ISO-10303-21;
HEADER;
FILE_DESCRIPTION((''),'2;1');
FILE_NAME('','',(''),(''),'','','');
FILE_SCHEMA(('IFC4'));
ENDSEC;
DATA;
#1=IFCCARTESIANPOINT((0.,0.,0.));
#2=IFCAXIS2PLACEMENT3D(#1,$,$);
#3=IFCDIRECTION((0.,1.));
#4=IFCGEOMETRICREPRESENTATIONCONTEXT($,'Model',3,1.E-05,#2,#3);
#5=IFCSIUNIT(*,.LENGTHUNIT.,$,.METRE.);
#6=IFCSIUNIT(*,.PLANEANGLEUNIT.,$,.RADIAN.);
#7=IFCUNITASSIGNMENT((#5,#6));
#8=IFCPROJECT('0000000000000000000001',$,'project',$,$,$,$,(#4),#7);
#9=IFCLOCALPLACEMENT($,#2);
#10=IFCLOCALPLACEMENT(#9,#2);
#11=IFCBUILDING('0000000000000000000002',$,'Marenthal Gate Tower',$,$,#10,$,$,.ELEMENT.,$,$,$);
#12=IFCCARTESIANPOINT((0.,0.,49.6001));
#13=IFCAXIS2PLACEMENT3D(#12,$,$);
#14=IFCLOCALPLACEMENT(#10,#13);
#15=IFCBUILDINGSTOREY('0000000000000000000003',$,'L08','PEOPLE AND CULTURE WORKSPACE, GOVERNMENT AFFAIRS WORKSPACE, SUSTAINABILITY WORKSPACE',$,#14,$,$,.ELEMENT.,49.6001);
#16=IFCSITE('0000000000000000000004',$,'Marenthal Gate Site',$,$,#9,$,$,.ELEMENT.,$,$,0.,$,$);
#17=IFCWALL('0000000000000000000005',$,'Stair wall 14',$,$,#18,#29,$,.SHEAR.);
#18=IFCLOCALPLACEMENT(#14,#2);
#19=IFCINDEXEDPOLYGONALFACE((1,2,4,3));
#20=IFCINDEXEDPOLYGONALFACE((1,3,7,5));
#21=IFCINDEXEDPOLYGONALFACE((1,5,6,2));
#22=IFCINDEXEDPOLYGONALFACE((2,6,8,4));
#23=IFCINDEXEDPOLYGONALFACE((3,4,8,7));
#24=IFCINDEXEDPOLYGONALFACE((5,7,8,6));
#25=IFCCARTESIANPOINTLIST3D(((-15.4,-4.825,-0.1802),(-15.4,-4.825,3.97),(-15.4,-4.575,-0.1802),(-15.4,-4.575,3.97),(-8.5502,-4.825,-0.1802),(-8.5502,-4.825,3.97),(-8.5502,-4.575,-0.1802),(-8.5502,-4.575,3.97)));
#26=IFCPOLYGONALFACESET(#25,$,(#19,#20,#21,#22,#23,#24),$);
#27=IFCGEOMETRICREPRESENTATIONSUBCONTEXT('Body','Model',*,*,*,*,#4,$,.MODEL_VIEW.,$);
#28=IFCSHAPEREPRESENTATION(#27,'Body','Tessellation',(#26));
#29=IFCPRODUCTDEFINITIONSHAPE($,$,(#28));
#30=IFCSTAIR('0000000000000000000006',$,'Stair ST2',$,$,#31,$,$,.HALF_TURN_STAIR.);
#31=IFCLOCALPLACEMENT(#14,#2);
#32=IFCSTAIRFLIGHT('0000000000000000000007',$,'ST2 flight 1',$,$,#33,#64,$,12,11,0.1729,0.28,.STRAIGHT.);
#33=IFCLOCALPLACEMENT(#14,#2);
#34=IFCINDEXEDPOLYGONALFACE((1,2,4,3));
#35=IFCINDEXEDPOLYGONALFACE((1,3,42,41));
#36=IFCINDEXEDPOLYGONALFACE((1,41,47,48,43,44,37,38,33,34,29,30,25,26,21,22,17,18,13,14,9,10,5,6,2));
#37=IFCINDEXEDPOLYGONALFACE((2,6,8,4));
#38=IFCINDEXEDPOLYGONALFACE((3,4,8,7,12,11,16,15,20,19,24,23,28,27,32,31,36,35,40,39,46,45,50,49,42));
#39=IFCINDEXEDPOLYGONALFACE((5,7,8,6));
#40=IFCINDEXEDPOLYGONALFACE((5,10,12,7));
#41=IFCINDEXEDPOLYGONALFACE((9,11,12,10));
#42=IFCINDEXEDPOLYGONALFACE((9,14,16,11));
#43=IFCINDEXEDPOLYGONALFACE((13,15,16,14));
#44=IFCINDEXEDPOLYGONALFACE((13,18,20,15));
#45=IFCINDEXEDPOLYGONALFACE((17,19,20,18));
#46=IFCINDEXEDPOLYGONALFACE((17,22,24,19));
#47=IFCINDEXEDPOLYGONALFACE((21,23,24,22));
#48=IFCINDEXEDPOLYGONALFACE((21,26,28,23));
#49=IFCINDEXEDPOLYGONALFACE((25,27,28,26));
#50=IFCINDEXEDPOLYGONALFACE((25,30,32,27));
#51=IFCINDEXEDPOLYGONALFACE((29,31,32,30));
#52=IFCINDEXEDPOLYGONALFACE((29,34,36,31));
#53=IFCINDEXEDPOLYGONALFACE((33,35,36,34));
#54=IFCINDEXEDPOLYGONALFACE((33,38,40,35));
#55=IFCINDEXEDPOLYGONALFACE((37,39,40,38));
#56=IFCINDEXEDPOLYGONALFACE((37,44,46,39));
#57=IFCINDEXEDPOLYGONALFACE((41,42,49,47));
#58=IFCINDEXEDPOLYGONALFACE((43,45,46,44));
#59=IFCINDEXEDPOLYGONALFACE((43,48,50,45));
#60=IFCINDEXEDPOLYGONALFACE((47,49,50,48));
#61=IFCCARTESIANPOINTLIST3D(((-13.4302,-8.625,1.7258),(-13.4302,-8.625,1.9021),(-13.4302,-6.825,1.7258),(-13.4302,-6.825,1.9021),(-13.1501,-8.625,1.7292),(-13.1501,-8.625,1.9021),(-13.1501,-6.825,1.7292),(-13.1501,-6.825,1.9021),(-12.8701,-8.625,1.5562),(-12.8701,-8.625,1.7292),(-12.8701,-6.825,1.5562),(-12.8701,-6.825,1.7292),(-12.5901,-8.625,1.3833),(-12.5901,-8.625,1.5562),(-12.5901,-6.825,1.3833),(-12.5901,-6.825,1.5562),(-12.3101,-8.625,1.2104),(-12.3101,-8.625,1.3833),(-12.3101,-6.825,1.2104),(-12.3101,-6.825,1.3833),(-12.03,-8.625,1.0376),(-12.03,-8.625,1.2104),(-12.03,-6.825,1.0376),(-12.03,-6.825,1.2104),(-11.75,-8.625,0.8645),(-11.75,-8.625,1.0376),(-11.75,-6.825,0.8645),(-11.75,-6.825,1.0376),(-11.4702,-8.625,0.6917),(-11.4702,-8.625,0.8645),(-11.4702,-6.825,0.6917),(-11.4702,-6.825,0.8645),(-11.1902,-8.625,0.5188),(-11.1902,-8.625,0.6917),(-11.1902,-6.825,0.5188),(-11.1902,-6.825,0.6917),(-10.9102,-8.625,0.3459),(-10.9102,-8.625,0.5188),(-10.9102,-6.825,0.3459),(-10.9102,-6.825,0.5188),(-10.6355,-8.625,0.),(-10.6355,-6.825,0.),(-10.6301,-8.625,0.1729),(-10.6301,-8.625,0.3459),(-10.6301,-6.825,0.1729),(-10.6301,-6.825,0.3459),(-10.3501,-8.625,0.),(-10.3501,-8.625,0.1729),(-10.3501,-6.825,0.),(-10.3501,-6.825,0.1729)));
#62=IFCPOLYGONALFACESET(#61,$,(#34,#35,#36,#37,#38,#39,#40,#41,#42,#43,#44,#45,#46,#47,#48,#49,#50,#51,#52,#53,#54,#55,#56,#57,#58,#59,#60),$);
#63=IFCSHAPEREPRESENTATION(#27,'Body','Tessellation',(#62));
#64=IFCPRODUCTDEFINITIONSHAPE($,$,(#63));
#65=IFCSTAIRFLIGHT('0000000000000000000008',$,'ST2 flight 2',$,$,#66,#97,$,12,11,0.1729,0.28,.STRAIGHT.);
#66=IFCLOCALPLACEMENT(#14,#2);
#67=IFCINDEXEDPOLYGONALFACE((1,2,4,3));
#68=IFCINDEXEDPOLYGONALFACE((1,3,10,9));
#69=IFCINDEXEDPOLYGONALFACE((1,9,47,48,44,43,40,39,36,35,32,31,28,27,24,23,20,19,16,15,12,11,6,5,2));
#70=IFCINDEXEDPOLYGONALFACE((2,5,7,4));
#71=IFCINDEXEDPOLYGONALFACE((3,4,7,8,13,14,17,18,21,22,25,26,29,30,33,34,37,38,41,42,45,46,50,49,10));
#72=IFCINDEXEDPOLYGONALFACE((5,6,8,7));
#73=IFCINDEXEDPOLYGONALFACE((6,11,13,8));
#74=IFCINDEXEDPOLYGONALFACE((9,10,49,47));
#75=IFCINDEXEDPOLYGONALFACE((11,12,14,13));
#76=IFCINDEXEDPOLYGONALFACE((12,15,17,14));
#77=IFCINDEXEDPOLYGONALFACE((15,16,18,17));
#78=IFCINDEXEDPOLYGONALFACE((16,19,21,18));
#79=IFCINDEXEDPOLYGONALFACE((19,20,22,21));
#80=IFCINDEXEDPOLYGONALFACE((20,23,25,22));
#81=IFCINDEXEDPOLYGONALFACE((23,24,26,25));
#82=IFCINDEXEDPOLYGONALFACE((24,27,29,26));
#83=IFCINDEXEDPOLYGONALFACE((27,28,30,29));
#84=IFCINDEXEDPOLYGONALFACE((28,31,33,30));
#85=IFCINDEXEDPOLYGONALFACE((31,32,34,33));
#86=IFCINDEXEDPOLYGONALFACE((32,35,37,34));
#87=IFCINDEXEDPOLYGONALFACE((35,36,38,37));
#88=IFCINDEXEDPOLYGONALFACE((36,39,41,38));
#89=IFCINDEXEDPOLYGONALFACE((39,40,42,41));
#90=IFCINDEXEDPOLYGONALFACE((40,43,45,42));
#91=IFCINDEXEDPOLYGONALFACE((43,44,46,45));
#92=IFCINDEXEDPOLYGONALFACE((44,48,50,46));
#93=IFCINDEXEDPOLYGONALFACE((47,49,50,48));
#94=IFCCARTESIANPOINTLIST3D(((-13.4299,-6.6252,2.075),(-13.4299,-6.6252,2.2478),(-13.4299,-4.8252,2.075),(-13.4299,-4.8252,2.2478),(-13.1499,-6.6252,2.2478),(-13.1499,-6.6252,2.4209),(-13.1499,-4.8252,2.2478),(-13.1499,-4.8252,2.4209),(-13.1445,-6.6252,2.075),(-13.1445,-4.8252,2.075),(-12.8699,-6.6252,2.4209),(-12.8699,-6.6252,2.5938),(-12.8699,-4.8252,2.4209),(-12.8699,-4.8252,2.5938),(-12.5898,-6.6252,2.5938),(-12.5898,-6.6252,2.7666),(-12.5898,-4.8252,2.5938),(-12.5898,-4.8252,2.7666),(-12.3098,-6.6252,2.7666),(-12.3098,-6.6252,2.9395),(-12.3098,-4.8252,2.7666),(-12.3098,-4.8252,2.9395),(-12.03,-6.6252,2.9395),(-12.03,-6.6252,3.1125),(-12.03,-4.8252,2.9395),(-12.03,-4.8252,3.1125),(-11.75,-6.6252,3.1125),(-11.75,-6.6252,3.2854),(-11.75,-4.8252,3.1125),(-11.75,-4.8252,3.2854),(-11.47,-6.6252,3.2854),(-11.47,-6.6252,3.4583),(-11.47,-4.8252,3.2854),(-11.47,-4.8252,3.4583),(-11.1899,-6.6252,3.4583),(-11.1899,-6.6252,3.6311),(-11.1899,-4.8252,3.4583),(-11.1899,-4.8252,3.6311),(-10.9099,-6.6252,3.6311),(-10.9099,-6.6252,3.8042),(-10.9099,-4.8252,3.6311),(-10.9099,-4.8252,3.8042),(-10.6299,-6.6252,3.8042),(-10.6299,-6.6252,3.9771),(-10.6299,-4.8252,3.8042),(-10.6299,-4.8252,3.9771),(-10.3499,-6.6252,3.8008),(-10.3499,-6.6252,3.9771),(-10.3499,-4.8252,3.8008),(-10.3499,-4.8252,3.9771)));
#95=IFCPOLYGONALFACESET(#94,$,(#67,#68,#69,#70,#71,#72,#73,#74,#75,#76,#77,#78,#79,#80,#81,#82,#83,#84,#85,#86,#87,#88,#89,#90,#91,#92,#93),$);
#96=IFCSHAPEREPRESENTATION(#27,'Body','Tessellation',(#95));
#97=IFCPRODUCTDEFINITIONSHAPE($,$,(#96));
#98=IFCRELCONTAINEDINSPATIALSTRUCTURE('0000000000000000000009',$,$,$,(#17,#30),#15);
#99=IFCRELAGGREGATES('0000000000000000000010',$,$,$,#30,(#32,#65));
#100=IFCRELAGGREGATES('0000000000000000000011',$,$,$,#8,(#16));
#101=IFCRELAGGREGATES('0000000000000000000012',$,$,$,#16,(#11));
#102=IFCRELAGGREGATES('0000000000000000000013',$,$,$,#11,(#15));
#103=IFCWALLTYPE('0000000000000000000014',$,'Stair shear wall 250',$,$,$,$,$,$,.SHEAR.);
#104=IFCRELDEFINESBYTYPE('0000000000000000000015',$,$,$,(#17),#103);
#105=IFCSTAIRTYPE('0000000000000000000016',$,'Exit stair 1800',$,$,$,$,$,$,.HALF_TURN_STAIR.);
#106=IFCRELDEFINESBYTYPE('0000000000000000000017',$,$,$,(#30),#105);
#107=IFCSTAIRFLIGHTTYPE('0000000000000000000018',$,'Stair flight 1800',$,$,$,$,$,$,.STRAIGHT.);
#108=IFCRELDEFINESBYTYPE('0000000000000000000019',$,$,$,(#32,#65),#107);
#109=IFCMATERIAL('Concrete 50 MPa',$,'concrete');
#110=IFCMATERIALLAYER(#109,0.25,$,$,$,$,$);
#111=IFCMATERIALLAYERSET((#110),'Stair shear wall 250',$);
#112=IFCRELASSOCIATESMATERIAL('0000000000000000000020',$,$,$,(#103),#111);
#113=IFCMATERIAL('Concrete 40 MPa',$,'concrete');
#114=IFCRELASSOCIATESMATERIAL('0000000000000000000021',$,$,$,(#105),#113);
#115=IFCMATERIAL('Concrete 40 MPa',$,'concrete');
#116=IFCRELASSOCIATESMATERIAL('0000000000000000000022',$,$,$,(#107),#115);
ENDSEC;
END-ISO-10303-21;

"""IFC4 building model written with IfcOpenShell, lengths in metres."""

from ifc_helpers import new_model, si_unit, direction, frame, frame_2d, origin, place, context, subcontext, project, spatial, polyline, rectangle, outline, extrude, material, layer, layer_set, type_object, element, aggregate, save


model = new_model("IFC4")

# Units and contexts
model_context = context("Model", 3, precision=1e-05, world=origin(), true_north=direction((0.0, 1.0)))
body_context = subcontext(model_context, "Body", "Model", "MODEL_VIEW")
ifc_project = project(units=[si_unit("LENGTHUNIT", "METRE"), si_unit("PLANEANGLEUNIT", "RADIAN")], contexts=[model_context])

# Site, building, storey
site_placement = place(None, origin())
site = spatial("IfcSite", under=ifc_project, at=site_placement, Name="Marenthal Gate Site", CompositionType="ELEMENT", RefElevation=0.0)
building_placement = place(site_placement, origin())
building = spatial("IfcBuilding", under=site, at=building_placement, Name="Marenthal Gate Tower", CompositionType="ELEMENT")
storey_placement = place(building_placement, frame((0.0, 0.0, 49.6001)))
storey = spatial("IfcBuildingStorey", under=building, at=storey_placement, Name="L08", Description="PEOPLE AND CULTURE WORKSPACE, GOVERNMENT AFFAIRS WORKSPACE, SUSTAINABILITY WORKSPACE", CompositionType="ELEMENT", Elevation=49.6001)

# Shared definitions
ifc_material_1 = material(Name="Concrete 50 MPa", Category="concrete")
ifc_layer_1 = layer(ifc_material_1, 0.25)
ifc_layer_set_1 = layer_set([ifc_layer_1], Name="Stair shear wall 250")
wall_type_1 = type_object("IfcWallType", Name="Stair shear wall 250", PredefinedType="SHEAR", material=ifc_layer_set_1)

# Wall
wall_1_placement = place(storey_placement, frame((-15.3999, -4.7, -0.1802), z_axis=(0.0, 0.0, 1.0), x_axis=(1.0, 0.0, 0.0)))
element("IfcWall", 1, at=wall_1_placement, inside=storey, type_object=wall_type_1, Name="Stair wall 14", PredefinedType="SHEAR", context=body_context, shape_type="SweptSolid", body=[
    extrude(rectangle(XDim=6.8499, YDim=0.25, at=frame_2d((3.4248, 0.0))), origin(), (0.0, 0.0, 1.0), 4.1501),
])

# Stair, stair flights
ifc_material_2 = material(Name="Concrete 40 MPa", Category="concrete")
stair_type = type_object("IfcStairType", Name="Exit stair 1800", PredefinedType="HALF_TURN_STAIR", material=ifc_material_2)
stair_placement = place(storey_placement, origin())
stair = element("IfcStair", 2, at=stair_placement, inside=storey, type_object=stair_type, Name="Stair ST2", PredefinedType="HALF_TURN_STAIR")
ifc_material_3 = material(Name="Concrete 40 MPa", Category="concrete")
stair_flight_type = type_object("IfcStairFlightType", Name="Stair flight 1800", PredefinedType="STRAIGHT", material=ifc_material_3)
stair_flight_1_placement = place(storey_placement, frame((-10.3501, -7.7251, 0.0), z_axis=(0.0, 0.0, 1.0), x_axis=(-1.0, 0.0, 0.0)))
stair_flight_1 = element("IfcStairFlight", 3, at=stair_flight_1_placement, type_object=stair_flight_type, Name="ST2 flight 1", NumberOfRisers=12, NumberOfTreads=11, PredefinedType="STRAIGHT", RiserHeight=0.1729, TreadLength=0.28, context=body_context, shape_type="SweptSolid", body=[
    extrude(outline(polyline([(0.0, 0.0), (0.0, 0.1729), (0.28, 0.1729), (0.28, 0.3459), (0.5601, 0.3459), (0.5601, 0.5188), (0.8401, 0.5188), (0.8401, 0.6917), (1.1201, 0.6917), (1.1201, 0.8645), (1.3999, 0.8645), (1.3999, 1.0376), (1.6799, 1.0376), (1.6799, 1.2104), (1.96, 1.2104), (1.96, 1.3833), (2.24, 1.3833), (2.24, 1.5562), (2.52, 1.5562), (2.52, 1.7292), (2.8, 1.7292), (2.8, 1.9021), (3.0801, 1.9021), (3.0801, 2.075), (3.0801, 1.7258), (0.2854, 0.0), (0.0, 0.0)])), frame((0.0, 0.8999, 0.0), z_axis=(0.0, -1.0, 0.0), x_axis=(1.0, 0.0, 0.0)), (0.0, 0.0, 1.0), 1.8),
])
stair_flight_2_placement = place(storey_placement, frame((-13.4299, -5.7251, 2.075), z_axis=(0.0, 0.0, 1.0), x_axis=(1.0, 0.0, 0.0)))
stair_flight_2 = element("IfcStairFlight", 4, at=stair_flight_2_placement, type_object=stair_flight_type, Name="ST2 flight 2", NumberOfRisers=12, NumberOfTreads=11, PredefinedType="STRAIGHT", RiserHeight=0.1729, TreadLength=0.28, context=body_context, shape_type="SweptSolid", body=[
    extrude(outline(polyline([(0.0, 0.0), (0.0, 0.1729), (0.28, 0.1729), (0.28, 0.3459), (0.5601, 0.3459), (0.5601, 0.5188), (0.8401, 0.5188), (0.8401, 0.6917), (1.1201, 0.6917), (1.1201, 0.8645), (1.3999, 0.8645), (1.3999, 1.0376), (1.6799, 1.0376), (1.6799, 1.2104), (1.96, 1.2104), (1.96, 1.3833), (2.24, 1.3833), (2.24, 1.5562), (2.52, 1.5562), (2.52, 1.7292), (2.8, 1.7292), (2.8, 1.9021), (3.0801, 1.9021), (3.0801, 2.075), (3.0801, 1.7258), (0.2854, 0.0), (0.0, 0.0)])), frame((0.0, 0.8999, 0.0), z_axis=(0.0, -1.0, 0.0), x_axis=(1.0, 0.0, 0.0)), (0.0, 0.0, 1.0), 1.8),
])
aggregate(stair, [stair_flight_1, stair_flight_2])

save(model, "model.ifc")
